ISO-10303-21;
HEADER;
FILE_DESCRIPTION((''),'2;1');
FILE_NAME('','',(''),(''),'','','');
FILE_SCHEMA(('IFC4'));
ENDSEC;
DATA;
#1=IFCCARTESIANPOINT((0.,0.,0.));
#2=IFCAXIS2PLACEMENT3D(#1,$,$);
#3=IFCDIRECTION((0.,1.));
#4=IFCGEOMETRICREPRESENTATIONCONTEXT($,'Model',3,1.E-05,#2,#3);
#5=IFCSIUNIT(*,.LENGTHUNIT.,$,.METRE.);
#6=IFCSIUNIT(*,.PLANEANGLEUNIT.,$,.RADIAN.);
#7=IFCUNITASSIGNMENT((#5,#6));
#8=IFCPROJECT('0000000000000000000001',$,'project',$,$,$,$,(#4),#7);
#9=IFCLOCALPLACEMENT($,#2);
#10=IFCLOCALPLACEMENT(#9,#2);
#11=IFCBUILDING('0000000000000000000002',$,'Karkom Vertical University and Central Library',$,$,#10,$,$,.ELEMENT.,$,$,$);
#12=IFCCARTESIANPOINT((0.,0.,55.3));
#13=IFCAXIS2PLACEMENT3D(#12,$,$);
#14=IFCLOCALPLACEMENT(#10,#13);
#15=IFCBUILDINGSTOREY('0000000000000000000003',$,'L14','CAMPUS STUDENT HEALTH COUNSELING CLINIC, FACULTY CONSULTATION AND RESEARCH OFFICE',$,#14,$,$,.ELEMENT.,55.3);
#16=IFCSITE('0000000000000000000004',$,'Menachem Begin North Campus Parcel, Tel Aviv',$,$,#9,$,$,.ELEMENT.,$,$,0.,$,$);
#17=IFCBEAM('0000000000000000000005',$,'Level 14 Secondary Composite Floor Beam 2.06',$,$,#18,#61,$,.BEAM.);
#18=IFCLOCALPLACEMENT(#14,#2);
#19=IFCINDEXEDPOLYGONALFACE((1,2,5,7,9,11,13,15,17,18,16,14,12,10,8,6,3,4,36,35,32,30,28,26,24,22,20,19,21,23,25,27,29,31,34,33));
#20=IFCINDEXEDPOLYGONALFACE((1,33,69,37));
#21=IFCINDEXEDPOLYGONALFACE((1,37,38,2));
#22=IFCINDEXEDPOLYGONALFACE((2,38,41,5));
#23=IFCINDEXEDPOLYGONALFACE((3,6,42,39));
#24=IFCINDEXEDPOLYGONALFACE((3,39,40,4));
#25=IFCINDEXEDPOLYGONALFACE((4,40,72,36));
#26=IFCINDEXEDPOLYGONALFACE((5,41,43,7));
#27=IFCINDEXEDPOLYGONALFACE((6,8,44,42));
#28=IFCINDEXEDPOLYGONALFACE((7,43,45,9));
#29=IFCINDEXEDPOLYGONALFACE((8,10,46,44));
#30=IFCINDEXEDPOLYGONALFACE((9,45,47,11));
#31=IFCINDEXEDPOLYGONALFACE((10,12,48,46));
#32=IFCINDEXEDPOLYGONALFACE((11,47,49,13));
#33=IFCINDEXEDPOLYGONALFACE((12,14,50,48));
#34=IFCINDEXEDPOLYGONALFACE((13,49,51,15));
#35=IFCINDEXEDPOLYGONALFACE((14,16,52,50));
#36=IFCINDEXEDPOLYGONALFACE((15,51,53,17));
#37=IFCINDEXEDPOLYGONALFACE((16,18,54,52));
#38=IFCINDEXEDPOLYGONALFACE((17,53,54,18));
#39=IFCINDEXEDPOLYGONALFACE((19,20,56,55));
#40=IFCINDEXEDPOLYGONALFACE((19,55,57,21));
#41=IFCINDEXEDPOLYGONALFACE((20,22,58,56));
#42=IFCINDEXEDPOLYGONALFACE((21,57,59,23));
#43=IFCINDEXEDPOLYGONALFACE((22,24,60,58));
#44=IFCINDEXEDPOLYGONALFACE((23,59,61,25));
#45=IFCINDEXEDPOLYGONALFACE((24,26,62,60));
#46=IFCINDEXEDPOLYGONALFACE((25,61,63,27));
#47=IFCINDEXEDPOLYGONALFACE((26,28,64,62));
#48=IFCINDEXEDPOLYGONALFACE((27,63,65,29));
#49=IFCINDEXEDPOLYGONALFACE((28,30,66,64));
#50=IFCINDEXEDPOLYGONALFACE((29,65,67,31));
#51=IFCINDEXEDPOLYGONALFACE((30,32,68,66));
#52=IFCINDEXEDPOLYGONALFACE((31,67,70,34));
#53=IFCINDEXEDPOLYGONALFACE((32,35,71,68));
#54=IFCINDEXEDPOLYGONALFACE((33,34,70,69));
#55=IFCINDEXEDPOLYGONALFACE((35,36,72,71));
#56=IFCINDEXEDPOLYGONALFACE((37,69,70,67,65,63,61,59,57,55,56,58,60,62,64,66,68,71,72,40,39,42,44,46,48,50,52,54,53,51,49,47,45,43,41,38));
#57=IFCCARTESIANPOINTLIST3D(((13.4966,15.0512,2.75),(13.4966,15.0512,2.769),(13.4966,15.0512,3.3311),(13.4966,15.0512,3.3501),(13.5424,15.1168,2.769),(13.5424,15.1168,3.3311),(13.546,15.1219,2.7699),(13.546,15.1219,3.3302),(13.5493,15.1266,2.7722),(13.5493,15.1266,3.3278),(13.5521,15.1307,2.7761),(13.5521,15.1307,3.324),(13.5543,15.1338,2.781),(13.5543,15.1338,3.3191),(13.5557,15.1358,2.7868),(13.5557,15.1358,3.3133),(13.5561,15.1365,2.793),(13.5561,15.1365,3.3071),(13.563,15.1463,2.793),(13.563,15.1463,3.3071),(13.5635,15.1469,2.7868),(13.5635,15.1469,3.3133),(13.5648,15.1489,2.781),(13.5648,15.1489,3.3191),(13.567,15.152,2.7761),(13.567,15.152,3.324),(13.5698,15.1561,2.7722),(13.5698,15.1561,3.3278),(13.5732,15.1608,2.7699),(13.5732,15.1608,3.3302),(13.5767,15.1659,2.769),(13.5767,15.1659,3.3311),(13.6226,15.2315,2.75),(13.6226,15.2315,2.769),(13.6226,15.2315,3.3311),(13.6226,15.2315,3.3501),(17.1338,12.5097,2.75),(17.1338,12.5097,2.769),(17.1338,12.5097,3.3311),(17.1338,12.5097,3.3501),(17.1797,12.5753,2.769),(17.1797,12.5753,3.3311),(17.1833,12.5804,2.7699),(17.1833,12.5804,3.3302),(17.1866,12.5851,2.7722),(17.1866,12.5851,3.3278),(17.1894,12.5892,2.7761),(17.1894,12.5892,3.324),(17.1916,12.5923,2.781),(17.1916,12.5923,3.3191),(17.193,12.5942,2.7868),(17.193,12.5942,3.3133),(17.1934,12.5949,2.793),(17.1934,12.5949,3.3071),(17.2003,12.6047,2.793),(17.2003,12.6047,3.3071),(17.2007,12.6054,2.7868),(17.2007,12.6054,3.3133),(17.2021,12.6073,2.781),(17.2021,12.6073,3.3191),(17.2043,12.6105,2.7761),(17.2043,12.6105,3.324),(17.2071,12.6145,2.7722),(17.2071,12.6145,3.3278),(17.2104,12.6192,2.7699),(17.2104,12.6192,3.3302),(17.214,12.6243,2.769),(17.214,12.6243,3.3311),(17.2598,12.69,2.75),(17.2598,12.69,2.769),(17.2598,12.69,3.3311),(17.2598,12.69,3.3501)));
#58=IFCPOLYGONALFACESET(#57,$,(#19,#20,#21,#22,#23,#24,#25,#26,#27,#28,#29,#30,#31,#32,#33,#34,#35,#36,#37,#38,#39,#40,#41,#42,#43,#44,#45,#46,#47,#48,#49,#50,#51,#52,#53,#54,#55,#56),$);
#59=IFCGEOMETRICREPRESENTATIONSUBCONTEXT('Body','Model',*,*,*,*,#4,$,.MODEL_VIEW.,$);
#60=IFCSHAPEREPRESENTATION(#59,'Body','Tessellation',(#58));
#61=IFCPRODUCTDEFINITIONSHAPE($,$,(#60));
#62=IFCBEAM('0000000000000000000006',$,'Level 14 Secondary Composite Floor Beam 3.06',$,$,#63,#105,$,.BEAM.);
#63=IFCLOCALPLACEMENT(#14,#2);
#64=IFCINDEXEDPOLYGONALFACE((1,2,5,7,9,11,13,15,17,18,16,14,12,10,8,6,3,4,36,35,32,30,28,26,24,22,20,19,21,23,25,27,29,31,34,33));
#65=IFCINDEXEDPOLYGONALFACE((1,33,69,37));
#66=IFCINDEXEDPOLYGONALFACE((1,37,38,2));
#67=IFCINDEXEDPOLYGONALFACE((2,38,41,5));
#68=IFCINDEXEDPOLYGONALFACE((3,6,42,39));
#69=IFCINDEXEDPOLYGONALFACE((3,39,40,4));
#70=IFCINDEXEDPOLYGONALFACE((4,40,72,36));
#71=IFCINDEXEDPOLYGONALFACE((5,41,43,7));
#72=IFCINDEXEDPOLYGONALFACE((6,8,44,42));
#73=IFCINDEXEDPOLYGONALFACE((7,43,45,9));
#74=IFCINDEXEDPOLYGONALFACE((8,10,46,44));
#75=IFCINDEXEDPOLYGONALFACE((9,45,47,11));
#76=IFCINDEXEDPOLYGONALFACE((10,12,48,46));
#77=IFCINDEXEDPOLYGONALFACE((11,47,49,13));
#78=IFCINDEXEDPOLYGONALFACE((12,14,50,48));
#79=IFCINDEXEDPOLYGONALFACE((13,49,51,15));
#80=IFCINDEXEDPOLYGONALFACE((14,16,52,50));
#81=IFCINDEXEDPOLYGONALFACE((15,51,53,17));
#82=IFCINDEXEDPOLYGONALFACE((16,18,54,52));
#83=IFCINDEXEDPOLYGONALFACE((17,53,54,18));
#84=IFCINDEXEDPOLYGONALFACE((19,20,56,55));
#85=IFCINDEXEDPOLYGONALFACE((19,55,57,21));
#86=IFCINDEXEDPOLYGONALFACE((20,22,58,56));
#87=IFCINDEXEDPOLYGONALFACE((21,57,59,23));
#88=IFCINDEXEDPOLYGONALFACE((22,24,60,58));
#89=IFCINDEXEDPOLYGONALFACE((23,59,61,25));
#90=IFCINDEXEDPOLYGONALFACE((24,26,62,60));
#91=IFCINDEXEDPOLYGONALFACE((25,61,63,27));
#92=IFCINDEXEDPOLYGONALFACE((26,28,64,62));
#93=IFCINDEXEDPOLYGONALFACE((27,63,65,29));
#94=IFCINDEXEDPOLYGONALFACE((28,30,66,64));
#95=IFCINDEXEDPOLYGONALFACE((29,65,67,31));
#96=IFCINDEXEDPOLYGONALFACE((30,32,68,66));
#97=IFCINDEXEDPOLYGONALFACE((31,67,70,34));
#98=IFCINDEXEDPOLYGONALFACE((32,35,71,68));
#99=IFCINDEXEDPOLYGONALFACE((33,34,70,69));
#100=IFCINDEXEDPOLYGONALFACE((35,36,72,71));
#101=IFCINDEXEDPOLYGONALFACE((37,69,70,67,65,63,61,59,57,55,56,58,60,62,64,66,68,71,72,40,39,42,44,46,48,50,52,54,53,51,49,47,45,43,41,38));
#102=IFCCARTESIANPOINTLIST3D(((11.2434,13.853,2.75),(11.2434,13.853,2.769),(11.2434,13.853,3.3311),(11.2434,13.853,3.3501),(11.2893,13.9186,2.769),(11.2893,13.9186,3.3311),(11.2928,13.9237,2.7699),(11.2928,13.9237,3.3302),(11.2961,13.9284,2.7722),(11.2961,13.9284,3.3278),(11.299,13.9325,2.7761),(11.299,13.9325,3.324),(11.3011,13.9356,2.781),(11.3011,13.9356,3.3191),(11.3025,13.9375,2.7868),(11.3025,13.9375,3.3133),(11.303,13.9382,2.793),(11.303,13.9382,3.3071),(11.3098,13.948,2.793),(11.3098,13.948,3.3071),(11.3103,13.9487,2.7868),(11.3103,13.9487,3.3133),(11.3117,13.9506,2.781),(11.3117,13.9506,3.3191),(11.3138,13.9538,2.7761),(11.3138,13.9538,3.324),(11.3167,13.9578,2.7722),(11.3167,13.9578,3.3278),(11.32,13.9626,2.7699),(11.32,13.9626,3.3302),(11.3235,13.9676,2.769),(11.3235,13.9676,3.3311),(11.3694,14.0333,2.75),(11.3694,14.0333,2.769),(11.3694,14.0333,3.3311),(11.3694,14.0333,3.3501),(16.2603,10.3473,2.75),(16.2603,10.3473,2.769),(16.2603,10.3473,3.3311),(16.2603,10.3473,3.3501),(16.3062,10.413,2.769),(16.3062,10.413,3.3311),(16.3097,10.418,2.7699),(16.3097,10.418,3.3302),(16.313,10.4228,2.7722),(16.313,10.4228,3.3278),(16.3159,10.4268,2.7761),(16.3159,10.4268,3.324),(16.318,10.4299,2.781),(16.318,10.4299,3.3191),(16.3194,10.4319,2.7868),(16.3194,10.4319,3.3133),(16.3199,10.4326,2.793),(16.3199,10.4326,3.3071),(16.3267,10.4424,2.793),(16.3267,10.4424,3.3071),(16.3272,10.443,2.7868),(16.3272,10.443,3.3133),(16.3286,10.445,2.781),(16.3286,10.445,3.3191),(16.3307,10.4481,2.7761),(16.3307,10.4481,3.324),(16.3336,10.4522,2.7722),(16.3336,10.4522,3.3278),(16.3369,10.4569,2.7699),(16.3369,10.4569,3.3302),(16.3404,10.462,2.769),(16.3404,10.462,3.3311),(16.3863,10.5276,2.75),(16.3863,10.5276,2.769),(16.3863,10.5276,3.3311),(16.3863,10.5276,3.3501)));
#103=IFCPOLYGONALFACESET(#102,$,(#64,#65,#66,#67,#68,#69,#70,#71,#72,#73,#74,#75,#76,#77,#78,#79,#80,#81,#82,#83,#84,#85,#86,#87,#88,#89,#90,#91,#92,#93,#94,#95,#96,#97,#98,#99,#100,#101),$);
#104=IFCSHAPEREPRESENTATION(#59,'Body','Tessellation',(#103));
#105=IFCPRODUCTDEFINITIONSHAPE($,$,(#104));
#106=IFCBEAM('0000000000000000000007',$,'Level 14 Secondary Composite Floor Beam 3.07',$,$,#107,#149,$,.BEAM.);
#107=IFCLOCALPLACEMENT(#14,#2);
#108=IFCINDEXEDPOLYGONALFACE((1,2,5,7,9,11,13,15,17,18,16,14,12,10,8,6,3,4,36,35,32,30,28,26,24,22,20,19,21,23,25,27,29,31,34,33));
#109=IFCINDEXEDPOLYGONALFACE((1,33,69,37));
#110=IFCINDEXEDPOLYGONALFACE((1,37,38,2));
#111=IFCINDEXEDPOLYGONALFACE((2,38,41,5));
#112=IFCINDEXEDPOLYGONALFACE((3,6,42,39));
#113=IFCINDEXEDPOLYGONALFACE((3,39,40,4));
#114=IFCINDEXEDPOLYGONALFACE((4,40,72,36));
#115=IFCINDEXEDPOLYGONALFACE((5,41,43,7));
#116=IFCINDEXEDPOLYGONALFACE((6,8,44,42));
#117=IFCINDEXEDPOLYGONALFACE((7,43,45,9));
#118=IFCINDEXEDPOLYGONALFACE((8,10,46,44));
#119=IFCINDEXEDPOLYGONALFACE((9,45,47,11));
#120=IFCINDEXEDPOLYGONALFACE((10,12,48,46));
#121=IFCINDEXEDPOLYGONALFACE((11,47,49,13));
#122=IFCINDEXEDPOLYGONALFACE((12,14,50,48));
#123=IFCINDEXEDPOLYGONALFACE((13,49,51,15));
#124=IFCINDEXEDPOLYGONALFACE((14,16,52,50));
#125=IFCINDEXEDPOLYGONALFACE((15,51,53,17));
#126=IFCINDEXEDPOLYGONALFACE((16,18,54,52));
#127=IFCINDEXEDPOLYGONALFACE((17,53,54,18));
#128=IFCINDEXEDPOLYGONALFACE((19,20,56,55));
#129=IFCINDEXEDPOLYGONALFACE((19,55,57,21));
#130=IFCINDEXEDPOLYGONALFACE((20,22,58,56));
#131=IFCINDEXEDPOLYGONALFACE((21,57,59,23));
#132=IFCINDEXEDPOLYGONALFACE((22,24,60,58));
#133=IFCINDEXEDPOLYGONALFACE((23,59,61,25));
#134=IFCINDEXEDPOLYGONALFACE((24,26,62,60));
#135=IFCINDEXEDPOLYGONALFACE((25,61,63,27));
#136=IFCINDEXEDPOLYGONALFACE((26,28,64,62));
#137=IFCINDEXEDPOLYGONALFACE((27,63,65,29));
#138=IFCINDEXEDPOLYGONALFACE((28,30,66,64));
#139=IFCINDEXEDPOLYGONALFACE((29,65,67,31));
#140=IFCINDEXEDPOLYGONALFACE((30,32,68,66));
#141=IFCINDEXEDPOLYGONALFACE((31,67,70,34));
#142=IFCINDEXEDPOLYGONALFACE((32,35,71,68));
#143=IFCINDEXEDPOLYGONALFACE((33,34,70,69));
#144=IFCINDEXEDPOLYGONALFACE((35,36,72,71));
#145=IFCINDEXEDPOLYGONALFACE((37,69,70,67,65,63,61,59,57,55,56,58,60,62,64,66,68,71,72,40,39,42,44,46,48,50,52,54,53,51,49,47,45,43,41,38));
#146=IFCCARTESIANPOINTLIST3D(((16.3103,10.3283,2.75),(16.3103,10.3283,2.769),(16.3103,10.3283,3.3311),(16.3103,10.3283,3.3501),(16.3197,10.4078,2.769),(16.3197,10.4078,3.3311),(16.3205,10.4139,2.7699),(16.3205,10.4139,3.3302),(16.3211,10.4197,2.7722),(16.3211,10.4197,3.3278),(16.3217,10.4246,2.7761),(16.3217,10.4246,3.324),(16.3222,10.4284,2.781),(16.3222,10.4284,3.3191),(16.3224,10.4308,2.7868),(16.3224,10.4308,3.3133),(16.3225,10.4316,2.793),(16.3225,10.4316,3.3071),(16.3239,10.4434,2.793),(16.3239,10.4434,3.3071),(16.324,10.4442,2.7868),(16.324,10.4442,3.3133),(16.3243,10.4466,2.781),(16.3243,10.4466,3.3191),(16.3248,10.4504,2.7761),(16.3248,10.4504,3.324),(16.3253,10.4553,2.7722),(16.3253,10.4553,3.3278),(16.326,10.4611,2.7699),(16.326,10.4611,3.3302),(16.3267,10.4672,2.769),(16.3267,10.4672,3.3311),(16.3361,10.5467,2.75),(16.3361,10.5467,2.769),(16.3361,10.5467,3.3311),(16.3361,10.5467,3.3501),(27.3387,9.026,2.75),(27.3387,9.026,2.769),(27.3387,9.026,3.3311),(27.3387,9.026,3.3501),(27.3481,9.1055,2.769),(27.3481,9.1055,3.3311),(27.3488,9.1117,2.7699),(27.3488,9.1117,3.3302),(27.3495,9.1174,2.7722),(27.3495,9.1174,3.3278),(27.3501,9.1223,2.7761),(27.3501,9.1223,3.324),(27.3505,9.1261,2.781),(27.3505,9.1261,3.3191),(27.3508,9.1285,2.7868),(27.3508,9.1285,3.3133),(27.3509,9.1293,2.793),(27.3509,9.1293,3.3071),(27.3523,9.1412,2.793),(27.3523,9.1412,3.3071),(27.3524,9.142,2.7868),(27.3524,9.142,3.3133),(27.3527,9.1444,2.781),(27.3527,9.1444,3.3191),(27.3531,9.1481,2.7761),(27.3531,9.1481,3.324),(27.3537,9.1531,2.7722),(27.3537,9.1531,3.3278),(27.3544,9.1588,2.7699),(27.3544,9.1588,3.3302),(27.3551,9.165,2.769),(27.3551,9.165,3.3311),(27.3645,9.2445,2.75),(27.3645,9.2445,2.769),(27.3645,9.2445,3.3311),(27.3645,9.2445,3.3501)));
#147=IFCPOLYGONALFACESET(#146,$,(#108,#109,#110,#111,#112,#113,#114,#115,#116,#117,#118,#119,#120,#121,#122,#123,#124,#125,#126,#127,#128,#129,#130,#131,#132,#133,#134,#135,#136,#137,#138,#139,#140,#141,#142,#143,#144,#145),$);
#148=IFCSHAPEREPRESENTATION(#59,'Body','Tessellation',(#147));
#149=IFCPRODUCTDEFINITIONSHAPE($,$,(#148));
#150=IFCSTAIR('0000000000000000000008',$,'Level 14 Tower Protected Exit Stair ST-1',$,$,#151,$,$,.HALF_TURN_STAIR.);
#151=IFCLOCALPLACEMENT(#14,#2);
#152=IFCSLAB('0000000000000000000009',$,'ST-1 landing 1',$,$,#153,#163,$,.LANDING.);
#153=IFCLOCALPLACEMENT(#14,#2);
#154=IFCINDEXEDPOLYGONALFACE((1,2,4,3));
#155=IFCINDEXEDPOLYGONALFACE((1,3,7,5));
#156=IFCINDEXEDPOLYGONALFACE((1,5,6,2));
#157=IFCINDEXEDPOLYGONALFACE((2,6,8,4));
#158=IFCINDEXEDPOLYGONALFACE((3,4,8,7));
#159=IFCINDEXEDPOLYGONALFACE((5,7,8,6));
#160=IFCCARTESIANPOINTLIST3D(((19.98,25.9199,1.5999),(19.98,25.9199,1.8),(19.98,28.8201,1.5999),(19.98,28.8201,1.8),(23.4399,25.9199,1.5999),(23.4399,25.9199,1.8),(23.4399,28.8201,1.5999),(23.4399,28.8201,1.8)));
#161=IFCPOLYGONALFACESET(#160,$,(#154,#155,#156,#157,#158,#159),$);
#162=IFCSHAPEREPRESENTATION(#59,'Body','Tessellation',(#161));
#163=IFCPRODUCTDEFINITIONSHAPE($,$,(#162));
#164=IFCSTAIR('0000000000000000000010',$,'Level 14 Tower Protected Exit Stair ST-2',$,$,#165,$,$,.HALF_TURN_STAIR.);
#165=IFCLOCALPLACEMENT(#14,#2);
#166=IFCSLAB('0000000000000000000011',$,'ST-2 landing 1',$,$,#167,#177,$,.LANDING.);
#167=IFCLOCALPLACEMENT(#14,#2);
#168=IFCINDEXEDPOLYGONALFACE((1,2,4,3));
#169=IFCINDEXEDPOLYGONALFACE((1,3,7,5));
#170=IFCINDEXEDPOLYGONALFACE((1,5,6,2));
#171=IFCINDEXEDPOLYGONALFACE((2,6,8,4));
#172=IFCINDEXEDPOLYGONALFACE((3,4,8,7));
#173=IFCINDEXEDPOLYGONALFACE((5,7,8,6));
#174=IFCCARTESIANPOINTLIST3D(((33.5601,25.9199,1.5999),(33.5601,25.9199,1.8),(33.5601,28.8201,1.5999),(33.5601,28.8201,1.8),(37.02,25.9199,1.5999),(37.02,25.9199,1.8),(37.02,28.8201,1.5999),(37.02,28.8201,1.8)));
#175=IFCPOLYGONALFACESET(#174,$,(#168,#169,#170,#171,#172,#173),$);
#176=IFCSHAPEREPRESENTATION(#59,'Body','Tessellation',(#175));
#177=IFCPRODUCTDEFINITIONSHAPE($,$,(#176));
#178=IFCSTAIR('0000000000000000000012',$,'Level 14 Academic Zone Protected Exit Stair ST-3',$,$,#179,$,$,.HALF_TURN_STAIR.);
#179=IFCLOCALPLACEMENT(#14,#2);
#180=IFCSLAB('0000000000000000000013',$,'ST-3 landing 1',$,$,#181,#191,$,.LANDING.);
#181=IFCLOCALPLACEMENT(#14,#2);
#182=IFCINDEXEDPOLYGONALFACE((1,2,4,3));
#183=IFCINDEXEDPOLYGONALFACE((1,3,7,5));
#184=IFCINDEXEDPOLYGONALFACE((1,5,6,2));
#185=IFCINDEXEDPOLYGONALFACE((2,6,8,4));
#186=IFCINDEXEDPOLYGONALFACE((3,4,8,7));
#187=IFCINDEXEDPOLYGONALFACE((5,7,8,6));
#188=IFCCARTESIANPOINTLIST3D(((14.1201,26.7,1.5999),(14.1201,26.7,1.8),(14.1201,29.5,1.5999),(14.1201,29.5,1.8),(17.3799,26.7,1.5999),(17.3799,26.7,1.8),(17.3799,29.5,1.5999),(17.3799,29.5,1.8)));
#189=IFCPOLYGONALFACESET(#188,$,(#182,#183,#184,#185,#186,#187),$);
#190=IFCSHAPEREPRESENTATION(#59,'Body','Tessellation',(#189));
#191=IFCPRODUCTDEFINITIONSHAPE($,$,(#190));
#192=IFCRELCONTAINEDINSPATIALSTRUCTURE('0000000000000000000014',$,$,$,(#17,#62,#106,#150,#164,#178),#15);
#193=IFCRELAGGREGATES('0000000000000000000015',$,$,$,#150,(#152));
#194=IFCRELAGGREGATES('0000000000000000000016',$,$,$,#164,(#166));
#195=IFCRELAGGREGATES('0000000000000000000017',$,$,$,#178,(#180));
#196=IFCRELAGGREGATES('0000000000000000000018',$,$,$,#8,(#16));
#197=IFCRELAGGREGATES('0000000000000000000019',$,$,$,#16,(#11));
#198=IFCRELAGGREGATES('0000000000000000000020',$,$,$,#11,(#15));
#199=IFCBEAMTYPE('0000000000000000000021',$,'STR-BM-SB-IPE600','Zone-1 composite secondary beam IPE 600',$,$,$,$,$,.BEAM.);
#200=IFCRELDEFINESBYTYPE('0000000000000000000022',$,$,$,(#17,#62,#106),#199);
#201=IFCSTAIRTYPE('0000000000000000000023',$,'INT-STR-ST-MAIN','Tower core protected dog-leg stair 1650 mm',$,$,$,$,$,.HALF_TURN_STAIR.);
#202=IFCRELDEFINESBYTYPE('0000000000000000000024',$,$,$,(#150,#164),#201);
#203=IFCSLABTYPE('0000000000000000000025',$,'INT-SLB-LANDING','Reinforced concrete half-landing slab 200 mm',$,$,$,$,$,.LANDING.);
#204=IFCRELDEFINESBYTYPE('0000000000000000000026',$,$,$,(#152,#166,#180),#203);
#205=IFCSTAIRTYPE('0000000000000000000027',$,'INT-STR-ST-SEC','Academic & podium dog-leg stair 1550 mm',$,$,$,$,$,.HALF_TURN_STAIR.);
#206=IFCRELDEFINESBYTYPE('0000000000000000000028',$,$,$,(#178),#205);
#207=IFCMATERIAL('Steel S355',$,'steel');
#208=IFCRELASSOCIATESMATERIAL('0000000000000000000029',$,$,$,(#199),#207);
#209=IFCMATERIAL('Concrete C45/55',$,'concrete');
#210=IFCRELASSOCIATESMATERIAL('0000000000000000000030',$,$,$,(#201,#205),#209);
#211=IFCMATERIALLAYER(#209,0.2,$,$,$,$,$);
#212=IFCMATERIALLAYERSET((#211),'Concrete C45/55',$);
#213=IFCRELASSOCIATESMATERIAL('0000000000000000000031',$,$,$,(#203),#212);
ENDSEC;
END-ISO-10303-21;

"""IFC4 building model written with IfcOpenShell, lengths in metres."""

from ifc_helpers import new_model, si_unit, direction, frame, origin, origin_with_axes, origin_2d, place, context, subcontext, project, spatial, polyline, i_section, outline, extrude, source, transform, mapped, material, layer, layer_set, material_profile, profile_set, type_object, element, aggregate, save


model = new_model("IFC4")

# Units and contexts
model_context = context("Model", 3, precision=1e-05, world=origin(), true_north=direction((0.0, 1.0)))
body_context = subcontext(model_context, "Body", "Model", "MODEL_VIEW")
ifc_project = project(units=[si_unit("LENGTHUNIT", "METRE"), si_unit("PLANEANGLEUNIT", "RADIAN")], contexts=[model_context])

# Site, building, storey
site_placement = place(None, origin())
site = spatial("IfcSite", under=ifc_project, at=site_placement, Name="Menachem Begin North Campus Parcel, Tel Aviv", CompositionType="ELEMENT", RefElevation=0.0)
building_placement = place(site_placement, origin())
building = spatial("IfcBuilding", under=site, at=building_placement, Name="Karkom Vertical University and Central Library", CompositionType="ELEMENT")
storey_placement = place(building_placement, frame((0.0, 0.0, 55.3)))
storey = spatial("IfcBuildingStorey", under=building, at=storey_placement, Name="L14", Description="CAMPUS STUDENT HEALTH COUNSELING CLINIC, FACULTY CONSULTATION AND RESEARCH OFFICE", CompositionType="ELEMENT", Elevation=55.3)

# Beams
ifc_material_1 = material(Name="Steel S355", Category="steel")
ifc_material_profile_1 = material_profile(ifc_material_1, i_section(OverallWidth=0.22, OverallDepth=0.6001, WebThickness=0.012, FlangeThickness=0.019, FilletRadius=0.0239, at=origin_2d()), Name="IPE 600")
ifc_profile_set_1 = profile_set([ifc_material_profile_1], Name="Steel S355")
beam_type_1 = type_object("IfcBeamType", Name="STR-BM-SB-IPE600", Description="Zone-1 composite secondary beam IPE 600", PredefinedType="BEAM", material=ifc_profile_set_1)
shared_shape_1 = source(origin_with_axes(), body_context, "Body", "SweptSolid", [
    extrude(i_section(OverallWidth=0.22, OverallDepth=0.6001, WebThickness=0.012, FlangeThickness=0.019, FilletRadius=0.0239, at=origin_2d()), origin(), (0.0, 0.0, 1.0), 4.4373),
])
beam_1_placement = place(storey_placement, frame((13.5596, 15.1414, 3.05), z_axis=(0.819712, -0.572775, 0.0), x_axis=(0.572775, 0.819712, 0.0)))
element("IfcBeam", 1, at=beam_1_placement, inside=storey, type_object=beam_type_1, Name="Level 14 Secondary Composite Floor Beam 2.06", PredefinedType="BEAM", context=body_context, shape_type="MappedRepresentation", body=[
    mapped(shared_shape_1, transform((0.0, 0.0, 0.0), scale=1.0)),
])
shared_shape_2 = source(origin_with_axes(), body_context, "Body", "SweptSolid", [
    extrude(i_section(OverallWidth=0.22, OverallDepth=0.6001, WebThickness=0.012, FlangeThickness=0.019, FilletRadius=0.0239, at=origin_2d()), origin(), (0.0, 0.0, 1.0), 6.1204),
])
beam_2_placement = place(storey_placement, frame((11.3064, 13.9431, 3.05), z_axis=(0.819706, -0.572785, 0.0), x_axis=(0.572785, 0.819706, 0.0)))
element("IfcBeam", 2, at=beam_2_placement, inside=storey, type_object=beam_type_1, Name="Level 14 Secondary Composite Floor Beam 3.06", PredefinedType="BEAM", context=body_context, shape_type="MappedRepresentation", body=[
    mapped(shared_shape_2, transform((0.0, 0.0, 0.0), scale=1.0)),
])
shared_shape_3 = source(origin_with_axes(), body_context, "Body", "SweptSolid", [
    extrude(i_section(OverallWidth=0.22, OverallDepth=0.6001, WebThickness=0.012, FlangeThickness=0.019, FilletRadius=0.0239, at=origin_2d()), origin(), (0.0, 0.0, 1.0), 11.105),
])
beam_3_placement = place(storey_placement, frame((16.3232, 10.4375, 3.05), z_axis=(0.9931, -0.117267, 0.0), x_axis=(0.117267, 0.9931, 0.0)))
element("IfcBeam", 3, at=beam_3_placement, inside=storey, type_object=beam_type_1, Name="Level 14 Secondary Composite Floor Beam 3.07", PredefinedType="BEAM", context=body_context, shape_type="MappedRepresentation", body=[
    mapped(shared_shape_3, transform((0.0, 0.0, 0.0), scale=1.0)),
])

# Stairs, slabs
ifc_material_2 = material(Name="Concrete C45/55", Category="concrete")
stair_type_1 = type_object("IfcStairType", Name="INT-STR-ST-MAIN", Description="Tower core protected dog-leg stair 1650 mm", PredefinedType="HALF_TURN_STAIR", material=ifc_material_2)
stair_1_placement = place(storey_placement, origin())
stair_1 = element("IfcStair", 4, at=stair_1_placement, inside=storey, type_object=stair_type_1, Name="Level 14 Tower Protected Exit Stair ST-1", PredefinedType="HALF_TURN_STAIR")
ifc_layer_1 = layer(ifc_material_2, 0.2)
ifc_layer_set_1 = layer_set([ifc_layer_1], Name="Concrete C45/55")
slab_type_1 = type_object("IfcSlabType", Name="INT-SLB-LANDING", Description="Reinforced concrete half-landing slab 200 mm", PredefinedType="LANDING", material=ifc_layer_set_1)
slab_1_placement = place(storey_placement, frame((0.0, 0.0, 1.5999)))
slab_1 = element("IfcSlab", 5, at=slab_1_placement, type_object=slab_type_1, Name="ST-1 landing 1", PredefinedType="LANDING", context=body_context, shape_type="SweptSolid", body=[
    extrude(outline(polyline([(23.4399, 25.9199), (23.4399, 28.8201), (19.98, 28.8201), (19.98, 25.9199), (23.4399, 25.9199)])), origin(), (0.0, 0.0, 1.0), 0.2002),
])
aggregate(stair_1, [slab_1])
stair_2_placement = place(storey_placement, origin())
stair_2 = element("IfcStair", 6, at=stair_2_placement, inside=storey, type_object=stair_type_1, Name="Level 14 Tower Protected Exit Stair ST-2", PredefinedType="HALF_TURN_STAIR")
slab_2_placement = place(storey_placement, frame((0.0, 0.0, 1.5999)))
slab_2 = element("IfcSlab", 7, at=slab_2_placement, type_object=slab_type_1, Name="ST-2 landing 1", PredefinedType="LANDING", context=body_context, shape_type="SweptSolid", body=[
    extrude(outline(polyline([(37.02, 25.9199), (37.02, 28.8201), (33.5601, 28.8201), (33.5601, 25.9199), (37.02, 25.9199)])), origin(), (0.0, 0.0, 1.0), 0.2002),
])
aggregate(stair_2, [slab_2])
stair_type_2 = type_object("IfcStairType", Name="INT-STR-ST-SEC", Description="Academic & podium dog-leg stair 1550 mm", PredefinedType="HALF_TURN_STAIR", material=ifc_material_2)
stair_3_placement = place(storey_placement, origin())
stair_3 = element("IfcStair", 8, at=stair_3_placement, inside=storey, type_object=stair_type_2, Name="Level 14 Academic Zone Protected Exit Stair ST-3", PredefinedType="HALF_TURN_STAIR")
slab_3_placement = place(storey_placement, frame((0.0, 0.0, 1.5999)))
slab_3 = element("IfcSlab", 9, at=slab_3_placement, type_object=slab_type_1, Name="ST-3 landing 1", PredefinedType="LANDING", context=body_context, shape_type="SweptSolid", body=[
    extrude(outline(polyline([(17.3799, 26.7), (17.3799, 29.5), (14.1201, 29.5), (14.1201, 26.7), (17.3799, 26.7)])), origin(), (0.0, 0.0, 1.0), 0.2002),
])
aggregate(stair_3, [slab_3])

save(model, "model.ifc")
